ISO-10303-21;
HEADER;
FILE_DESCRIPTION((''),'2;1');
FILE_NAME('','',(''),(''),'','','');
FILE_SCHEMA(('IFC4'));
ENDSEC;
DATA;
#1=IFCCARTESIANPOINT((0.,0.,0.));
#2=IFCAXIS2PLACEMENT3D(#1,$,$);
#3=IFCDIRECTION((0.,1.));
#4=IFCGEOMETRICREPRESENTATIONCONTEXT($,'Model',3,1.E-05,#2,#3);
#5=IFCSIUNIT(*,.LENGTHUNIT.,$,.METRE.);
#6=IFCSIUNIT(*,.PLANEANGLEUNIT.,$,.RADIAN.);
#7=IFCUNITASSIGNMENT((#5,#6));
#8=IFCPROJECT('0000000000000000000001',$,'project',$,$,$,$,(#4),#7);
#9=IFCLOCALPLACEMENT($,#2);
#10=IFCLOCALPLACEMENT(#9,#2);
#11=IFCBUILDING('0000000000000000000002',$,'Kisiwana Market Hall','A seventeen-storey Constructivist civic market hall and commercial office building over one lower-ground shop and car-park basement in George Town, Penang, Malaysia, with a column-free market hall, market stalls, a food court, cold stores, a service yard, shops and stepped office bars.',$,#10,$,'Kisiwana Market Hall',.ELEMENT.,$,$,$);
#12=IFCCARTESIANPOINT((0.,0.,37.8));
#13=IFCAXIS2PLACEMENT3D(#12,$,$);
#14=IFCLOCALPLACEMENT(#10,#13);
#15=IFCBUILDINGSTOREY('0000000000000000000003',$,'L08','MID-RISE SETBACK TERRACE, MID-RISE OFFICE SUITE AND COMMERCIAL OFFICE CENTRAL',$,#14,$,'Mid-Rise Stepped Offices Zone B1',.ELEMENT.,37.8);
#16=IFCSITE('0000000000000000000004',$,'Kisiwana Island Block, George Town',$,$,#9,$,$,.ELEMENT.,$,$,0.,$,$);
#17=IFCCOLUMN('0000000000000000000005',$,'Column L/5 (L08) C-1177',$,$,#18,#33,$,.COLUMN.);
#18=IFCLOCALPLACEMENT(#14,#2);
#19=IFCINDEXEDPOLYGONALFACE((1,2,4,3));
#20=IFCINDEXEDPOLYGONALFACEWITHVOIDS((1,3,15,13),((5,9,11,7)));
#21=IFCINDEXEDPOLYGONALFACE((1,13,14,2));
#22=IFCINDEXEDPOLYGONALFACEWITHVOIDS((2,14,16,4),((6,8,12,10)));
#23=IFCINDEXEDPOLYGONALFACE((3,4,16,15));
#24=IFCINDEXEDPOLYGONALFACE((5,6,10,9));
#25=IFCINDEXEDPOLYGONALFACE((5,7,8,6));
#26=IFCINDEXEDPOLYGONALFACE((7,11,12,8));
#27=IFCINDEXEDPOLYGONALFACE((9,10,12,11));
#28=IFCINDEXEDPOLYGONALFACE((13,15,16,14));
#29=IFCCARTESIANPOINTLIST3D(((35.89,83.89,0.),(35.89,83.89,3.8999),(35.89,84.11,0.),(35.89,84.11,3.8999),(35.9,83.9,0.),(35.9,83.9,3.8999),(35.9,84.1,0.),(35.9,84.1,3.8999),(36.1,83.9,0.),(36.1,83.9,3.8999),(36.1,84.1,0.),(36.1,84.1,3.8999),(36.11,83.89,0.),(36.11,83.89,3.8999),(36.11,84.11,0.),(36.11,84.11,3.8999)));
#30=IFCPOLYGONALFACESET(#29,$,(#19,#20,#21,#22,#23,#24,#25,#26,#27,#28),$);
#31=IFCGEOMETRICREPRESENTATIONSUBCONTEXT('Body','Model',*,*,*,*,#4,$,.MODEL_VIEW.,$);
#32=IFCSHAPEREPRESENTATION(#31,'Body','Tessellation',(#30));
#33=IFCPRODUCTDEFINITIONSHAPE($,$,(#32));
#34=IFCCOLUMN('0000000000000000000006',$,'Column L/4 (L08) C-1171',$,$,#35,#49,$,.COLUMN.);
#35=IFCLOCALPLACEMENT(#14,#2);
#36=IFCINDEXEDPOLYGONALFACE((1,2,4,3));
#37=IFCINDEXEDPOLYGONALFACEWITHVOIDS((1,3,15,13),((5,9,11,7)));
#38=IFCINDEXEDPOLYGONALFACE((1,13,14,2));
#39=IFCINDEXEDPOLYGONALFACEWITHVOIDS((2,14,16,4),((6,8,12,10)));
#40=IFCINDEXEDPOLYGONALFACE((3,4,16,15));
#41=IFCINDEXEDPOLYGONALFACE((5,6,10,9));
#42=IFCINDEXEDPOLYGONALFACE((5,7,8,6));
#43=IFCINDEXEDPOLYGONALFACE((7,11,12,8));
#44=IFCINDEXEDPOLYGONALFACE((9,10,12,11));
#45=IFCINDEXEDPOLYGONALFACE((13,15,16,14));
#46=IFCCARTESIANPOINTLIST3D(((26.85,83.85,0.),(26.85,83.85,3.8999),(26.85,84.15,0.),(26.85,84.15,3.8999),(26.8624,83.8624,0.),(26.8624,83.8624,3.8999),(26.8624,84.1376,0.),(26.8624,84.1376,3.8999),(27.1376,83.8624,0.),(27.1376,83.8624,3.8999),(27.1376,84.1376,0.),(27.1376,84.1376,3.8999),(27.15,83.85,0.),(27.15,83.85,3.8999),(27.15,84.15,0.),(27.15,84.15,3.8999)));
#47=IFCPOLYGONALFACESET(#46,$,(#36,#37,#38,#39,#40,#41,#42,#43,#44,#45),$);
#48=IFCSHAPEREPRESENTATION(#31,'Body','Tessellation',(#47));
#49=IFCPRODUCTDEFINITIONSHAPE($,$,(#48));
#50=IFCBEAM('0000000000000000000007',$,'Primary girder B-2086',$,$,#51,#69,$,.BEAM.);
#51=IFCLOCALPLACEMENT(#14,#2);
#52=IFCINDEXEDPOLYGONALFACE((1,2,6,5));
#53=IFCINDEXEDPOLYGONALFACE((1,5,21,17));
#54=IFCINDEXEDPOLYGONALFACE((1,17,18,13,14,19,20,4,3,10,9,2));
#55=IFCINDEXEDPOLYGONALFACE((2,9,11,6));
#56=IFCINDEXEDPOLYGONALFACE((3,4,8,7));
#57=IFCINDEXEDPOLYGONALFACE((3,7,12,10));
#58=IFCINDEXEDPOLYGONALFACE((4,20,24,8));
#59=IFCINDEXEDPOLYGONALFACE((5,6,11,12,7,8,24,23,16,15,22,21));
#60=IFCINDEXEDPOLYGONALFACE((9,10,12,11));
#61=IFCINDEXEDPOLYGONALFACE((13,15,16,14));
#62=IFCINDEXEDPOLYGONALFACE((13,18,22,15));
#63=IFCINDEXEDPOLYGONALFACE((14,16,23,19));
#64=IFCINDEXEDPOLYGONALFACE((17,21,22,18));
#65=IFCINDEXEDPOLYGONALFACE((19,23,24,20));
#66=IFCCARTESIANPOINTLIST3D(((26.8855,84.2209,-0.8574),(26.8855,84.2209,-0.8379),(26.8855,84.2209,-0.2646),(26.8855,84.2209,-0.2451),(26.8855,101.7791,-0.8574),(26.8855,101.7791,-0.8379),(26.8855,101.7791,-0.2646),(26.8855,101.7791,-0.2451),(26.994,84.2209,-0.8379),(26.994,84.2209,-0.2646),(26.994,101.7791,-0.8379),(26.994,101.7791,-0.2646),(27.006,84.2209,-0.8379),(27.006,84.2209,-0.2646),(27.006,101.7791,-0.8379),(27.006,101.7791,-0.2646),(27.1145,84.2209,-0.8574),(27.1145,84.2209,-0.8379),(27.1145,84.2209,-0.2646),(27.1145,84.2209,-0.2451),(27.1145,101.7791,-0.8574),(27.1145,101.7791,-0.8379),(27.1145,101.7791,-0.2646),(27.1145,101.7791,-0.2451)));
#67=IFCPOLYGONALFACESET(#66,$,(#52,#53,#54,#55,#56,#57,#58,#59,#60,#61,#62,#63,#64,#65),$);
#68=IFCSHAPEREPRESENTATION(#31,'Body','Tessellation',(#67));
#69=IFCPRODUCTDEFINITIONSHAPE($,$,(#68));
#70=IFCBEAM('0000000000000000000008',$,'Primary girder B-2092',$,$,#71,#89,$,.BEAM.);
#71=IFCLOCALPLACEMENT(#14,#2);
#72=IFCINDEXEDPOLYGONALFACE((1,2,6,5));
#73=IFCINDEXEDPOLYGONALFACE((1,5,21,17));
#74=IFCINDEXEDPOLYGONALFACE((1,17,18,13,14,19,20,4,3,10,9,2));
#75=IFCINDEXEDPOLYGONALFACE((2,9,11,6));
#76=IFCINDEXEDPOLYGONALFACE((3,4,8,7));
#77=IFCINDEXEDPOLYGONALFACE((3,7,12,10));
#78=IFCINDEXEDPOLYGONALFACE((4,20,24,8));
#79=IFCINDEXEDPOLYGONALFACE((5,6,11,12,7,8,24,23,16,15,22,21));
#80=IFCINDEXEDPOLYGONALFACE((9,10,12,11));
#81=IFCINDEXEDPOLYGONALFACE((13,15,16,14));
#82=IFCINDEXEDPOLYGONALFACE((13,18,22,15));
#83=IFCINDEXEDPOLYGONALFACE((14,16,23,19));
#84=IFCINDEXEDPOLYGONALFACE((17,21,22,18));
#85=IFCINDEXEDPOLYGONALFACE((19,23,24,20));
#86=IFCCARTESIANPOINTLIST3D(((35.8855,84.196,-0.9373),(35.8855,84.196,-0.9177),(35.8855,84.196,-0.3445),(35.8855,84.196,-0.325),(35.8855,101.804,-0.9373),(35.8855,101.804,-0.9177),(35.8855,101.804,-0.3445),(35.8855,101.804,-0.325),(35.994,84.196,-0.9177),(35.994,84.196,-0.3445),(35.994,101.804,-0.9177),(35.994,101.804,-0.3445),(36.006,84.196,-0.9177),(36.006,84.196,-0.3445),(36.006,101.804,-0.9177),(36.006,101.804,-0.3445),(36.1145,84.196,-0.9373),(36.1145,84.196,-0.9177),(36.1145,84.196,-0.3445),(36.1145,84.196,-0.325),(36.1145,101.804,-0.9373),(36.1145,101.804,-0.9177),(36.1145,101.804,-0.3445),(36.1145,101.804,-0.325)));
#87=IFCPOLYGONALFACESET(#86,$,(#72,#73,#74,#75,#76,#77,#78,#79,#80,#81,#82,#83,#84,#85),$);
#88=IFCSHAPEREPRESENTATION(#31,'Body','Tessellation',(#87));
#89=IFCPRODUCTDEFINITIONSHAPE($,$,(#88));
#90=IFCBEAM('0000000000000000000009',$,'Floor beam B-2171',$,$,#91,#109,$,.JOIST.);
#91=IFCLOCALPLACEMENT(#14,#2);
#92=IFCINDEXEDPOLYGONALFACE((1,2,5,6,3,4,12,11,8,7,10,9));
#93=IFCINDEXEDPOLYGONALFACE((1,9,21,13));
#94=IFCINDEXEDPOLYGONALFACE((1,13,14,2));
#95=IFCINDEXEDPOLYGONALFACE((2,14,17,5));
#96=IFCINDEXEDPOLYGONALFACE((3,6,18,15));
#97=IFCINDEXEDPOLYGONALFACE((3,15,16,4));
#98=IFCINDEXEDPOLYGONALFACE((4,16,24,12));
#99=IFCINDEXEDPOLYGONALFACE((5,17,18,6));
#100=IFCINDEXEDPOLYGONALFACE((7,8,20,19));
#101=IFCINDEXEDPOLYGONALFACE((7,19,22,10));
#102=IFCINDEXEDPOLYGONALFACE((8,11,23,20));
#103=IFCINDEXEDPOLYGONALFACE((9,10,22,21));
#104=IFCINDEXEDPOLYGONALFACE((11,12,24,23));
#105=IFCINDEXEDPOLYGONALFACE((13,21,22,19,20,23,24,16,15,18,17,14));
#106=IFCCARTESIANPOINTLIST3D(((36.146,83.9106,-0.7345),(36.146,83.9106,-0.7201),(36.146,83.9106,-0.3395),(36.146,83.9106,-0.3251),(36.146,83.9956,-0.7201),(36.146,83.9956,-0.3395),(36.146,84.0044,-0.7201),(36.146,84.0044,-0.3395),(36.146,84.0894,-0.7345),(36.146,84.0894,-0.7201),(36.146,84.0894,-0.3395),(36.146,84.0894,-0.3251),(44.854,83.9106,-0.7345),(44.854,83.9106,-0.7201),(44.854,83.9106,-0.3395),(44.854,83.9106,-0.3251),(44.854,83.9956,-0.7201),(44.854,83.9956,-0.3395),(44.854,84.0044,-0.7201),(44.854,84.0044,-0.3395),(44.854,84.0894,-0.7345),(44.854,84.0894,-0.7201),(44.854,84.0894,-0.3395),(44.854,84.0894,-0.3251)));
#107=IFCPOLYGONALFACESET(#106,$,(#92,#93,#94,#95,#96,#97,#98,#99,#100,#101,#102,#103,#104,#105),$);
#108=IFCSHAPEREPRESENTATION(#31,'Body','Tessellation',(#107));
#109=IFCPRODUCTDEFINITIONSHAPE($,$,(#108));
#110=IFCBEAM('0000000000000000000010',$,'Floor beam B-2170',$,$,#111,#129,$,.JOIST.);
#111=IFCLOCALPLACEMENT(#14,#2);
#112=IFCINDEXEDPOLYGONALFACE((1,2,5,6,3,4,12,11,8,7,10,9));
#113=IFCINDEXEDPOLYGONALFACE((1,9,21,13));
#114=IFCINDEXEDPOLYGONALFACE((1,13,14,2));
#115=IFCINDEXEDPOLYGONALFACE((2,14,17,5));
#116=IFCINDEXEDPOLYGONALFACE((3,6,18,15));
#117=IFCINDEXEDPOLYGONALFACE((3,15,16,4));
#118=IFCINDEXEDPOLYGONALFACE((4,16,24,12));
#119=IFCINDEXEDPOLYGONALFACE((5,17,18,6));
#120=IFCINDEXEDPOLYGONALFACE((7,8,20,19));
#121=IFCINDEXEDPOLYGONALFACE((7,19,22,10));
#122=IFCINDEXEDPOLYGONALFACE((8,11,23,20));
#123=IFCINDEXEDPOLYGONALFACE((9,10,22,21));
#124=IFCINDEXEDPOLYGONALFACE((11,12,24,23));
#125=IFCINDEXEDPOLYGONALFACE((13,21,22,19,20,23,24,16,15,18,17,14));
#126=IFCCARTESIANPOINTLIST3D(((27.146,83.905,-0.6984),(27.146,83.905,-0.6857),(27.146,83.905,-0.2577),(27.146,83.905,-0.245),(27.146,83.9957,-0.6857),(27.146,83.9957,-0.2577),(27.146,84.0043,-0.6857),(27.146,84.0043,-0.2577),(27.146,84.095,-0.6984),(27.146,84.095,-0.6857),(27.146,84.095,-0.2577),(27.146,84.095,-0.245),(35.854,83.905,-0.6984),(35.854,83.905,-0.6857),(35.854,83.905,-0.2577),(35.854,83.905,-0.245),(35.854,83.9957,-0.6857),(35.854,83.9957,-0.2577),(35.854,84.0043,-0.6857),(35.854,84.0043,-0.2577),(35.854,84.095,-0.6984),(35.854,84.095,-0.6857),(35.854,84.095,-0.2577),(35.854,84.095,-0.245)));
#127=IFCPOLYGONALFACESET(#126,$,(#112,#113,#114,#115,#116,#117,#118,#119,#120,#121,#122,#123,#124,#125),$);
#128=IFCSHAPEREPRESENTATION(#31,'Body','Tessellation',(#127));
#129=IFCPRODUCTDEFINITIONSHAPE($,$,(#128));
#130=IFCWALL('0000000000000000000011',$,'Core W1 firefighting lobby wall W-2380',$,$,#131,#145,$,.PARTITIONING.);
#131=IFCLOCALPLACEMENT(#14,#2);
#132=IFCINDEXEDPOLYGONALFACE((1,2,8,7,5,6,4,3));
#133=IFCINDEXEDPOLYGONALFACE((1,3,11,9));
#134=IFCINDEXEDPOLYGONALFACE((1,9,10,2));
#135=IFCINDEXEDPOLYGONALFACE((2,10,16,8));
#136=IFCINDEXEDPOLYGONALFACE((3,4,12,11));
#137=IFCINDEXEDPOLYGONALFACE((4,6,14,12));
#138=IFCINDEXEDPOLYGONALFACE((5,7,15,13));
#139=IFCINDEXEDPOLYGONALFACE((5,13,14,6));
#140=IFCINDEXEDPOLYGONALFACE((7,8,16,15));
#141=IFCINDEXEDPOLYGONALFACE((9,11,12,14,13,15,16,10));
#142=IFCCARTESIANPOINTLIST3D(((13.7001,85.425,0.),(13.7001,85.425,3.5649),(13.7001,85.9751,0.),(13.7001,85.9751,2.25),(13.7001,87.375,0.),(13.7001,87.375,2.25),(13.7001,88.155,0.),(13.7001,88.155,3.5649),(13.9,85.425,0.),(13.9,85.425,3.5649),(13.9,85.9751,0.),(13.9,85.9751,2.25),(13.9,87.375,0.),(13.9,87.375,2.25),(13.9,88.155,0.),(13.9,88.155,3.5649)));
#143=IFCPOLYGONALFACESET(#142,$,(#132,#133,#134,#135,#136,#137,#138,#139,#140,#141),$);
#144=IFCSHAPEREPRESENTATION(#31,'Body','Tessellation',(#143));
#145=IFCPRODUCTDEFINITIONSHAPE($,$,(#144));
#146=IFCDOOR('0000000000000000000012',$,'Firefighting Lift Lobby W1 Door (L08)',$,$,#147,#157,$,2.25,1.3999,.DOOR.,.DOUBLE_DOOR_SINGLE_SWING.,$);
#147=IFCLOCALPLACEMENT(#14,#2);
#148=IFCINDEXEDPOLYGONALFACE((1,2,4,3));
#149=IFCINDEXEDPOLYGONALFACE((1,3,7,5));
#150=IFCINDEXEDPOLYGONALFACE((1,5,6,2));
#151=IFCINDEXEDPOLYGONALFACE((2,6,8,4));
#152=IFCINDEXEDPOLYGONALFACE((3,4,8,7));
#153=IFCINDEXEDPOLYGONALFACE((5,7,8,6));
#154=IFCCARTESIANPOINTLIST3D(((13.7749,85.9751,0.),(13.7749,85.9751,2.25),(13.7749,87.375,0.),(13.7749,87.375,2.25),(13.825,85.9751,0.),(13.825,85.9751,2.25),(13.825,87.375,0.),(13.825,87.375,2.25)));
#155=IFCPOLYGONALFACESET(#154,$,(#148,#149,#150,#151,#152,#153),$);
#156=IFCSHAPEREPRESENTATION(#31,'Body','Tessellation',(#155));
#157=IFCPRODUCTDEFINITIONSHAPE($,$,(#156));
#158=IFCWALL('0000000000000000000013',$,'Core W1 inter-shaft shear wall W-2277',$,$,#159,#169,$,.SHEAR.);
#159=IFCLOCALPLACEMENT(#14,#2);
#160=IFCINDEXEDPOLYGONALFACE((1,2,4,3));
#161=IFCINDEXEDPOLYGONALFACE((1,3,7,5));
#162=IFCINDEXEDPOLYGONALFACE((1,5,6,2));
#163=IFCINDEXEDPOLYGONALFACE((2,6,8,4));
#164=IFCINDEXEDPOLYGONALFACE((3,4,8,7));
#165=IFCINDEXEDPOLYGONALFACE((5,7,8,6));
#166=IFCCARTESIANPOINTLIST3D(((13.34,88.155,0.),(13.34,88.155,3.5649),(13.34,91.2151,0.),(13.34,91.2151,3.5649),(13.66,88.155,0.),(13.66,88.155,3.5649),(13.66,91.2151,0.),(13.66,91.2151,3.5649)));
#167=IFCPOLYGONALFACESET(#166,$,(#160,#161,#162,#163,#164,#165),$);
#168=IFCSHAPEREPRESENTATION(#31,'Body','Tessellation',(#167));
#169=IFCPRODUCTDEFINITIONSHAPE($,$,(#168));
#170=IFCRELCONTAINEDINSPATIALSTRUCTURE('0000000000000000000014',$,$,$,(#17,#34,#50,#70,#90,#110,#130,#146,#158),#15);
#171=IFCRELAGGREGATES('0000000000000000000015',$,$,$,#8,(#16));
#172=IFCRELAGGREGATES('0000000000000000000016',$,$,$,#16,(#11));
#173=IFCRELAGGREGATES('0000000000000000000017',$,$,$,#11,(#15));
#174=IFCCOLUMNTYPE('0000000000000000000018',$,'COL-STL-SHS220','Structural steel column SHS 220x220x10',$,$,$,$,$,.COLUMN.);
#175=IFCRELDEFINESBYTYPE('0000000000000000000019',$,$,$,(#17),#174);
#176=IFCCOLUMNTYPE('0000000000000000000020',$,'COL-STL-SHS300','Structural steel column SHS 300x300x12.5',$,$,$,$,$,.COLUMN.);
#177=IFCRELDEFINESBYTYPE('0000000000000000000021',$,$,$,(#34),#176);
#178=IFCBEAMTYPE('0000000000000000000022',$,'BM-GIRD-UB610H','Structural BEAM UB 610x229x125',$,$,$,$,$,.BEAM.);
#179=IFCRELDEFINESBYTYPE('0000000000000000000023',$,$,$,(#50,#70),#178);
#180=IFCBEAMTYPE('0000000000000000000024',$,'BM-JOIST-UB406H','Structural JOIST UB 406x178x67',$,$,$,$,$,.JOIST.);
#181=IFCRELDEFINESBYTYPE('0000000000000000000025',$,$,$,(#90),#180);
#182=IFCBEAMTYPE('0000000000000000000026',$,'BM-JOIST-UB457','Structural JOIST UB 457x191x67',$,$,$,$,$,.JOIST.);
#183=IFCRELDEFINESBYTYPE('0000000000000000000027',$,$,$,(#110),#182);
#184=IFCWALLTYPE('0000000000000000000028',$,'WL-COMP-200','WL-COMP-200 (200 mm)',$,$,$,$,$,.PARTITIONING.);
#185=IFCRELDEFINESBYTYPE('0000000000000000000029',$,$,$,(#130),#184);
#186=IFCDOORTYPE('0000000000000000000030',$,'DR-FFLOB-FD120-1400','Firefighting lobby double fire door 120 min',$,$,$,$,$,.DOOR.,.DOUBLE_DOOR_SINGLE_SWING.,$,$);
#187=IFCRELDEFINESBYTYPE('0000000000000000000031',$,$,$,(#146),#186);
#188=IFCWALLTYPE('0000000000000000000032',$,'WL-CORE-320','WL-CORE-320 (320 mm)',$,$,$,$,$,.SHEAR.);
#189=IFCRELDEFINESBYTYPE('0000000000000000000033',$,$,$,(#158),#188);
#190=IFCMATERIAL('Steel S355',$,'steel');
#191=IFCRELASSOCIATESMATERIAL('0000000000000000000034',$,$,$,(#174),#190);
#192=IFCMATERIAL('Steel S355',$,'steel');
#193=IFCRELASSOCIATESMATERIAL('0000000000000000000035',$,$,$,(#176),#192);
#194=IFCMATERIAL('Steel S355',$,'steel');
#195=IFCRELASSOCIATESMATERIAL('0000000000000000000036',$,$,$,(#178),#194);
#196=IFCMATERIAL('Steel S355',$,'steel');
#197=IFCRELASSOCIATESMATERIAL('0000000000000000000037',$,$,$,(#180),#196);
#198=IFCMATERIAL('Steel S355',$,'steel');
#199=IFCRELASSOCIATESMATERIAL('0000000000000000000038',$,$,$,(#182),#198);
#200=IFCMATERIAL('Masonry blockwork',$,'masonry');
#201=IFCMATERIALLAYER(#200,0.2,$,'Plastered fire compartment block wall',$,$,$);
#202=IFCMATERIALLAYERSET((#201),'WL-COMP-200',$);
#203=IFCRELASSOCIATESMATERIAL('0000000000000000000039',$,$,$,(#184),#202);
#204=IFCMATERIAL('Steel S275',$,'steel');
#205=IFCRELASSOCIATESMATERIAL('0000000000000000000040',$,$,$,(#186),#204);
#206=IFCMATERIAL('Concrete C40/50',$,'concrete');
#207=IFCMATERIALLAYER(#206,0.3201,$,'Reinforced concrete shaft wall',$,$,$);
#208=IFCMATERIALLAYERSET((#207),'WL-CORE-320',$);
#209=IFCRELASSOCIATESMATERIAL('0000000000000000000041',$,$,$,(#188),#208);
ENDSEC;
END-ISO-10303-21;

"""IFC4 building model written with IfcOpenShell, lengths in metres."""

from ifc_helpers import new_model, si_unit, direction, frame, frame_2d, origin, origin_2d, place, context, subcontext, project, spatial, rectangle, hollow_rectangle, i_section, extrude, material, layer, layer_set, material_profile, profile_set, type_object, element, fill, save


model = new_model("IFC4")

# Units and contexts
model_context = context("Model", 3, precision=1e-05, world=origin(), true_north=direction((0.0, 1.0)))
body_context = subcontext(model_context, "Body", "Model", "MODEL_VIEW")
ifc_project = project(units=[si_unit("LENGTHUNIT", "METRE"), si_unit("PLANEANGLEUNIT", "RADIAN")], contexts=[model_context])

# Site, building, storey
site_placement = place(None, origin())
site = spatial("IfcSite", under=ifc_project, at=site_placement, Name="Kisiwana Island Block, George Town", CompositionType="ELEMENT", RefElevation=0.0)
building_placement = place(site_placement, origin())
building = spatial("IfcBuilding", under=site, at=building_placement, Name="Kisiwana Market Hall", Description="A seventeen-storey Constructivist civic market hall and commercial office building over one lower-ground shop and car-park basement in George Town, Penang, Malaysia, with a column-free market hall, market stalls, a food court, cold stores, a service yard, shops and stepped office bars.", LongName="Kisiwana Market Hall", CompositionType="ELEMENT")
storey_placement = place(building_placement, frame((0.0, 0.0, 37.8)))
storey = spatial("IfcBuildingStorey", under=building, at=storey_placement, Name="L08", Description="MID-RISE SETBACK TERRACE, MID-RISE OFFICE SUITE AND COMMERCIAL OFFICE CENTRAL", LongName="Mid-Rise Stepped Offices Zone B1", CompositionType="ELEMENT", Elevation=37.8)

# Columns
ifc_material_1 = material(Name="Steel S355", Category="steel")
ifc_material_profile_1 = material_profile(ifc_material_1, hollow_rectangle(XDim=0.22, YDim=0.22, WallThickness=0.01, at=origin_2d()), Name="SHS 220x220x10")
ifc_profile_set_1 = profile_set([ifc_material_profile_1], Name="Steel S355")
column_type_1 = type_object("IfcColumnType", Name="COL-STL-SHS220", Description="Structural steel column SHS 220x220x10", PredefinedType="COLUMN", material=ifc_profile_set_1)
column_1_placement = place(storey_placement, frame((36.0, 84.0, 0.0), z_axis=(0.0, 0.0, 1.0), x_axis=(1.0, 0.0, 0.0)))
element("IfcColumn", 1, at=column_1_placement, inside=storey, type_object=column_type_1, Name="Column L/5 (L08) C-1177", PredefinedType="COLUMN", context=body_context, shape_type="SweptSolid", body=[
    extrude(hollow_rectangle(XDim=0.22, YDim=0.22, WallThickness=0.01, at=origin_2d()), origin(), (0.0, 0.0, 1.0), 3.8999),
])
ifc_material_2 = material(Name="Steel S355", Category="steel")
ifc_material_profile_2 = material_profile(ifc_material_2, hollow_rectangle(XDim=0.3, YDim=0.3, WallThickness=0.0125, at=origin_2d()), Name="SHS 300x300x12.5")
ifc_profile_set_2 = profile_set([ifc_material_profile_2], Name="Steel S355")
column_type_2 = type_object("IfcColumnType", Name="COL-STL-SHS300", Description="Structural steel column SHS 300x300x12.5", PredefinedType="COLUMN", material=ifc_profile_set_2)
column_2_placement = place(storey_placement, frame((27.0, 84.0, 0.0), z_axis=(0.0, 0.0, 1.0), x_axis=(1.0, 0.0, 0.0)))
element("IfcColumn", 2, at=column_2_placement, inside=storey, type_object=column_type_2, Name="Column L/4 (L08) C-1171", PredefinedType="COLUMN", context=body_context, shape_type="SweptSolid", body=[
    extrude(hollow_rectangle(XDim=0.3, YDim=0.3, WallThickness=0.0125, at=origin_2d()), origin(), (0.0, 0.0, 1.0), 3.8999),
])

# Beams
ifc_material_3 = material(Name="Steel S355", Category="steel")
ifc_material_profile_3 = material_profile(ifc_material_3, i_section(OverallWidth=0.229, OverallDepth=0.6123, WebThickness=0.012, FlangeThickness=0.0195, at=origin_2d()), Name="UB 610x229x125")
ifc_profile_set_3 = profile_set([ifc_material_profile_3], Name="Steel S355")
beam_type_1 = type_object("IfcBeamType", Name="BM-GIRD-UB610H", Description="Structural BEAM UB 610x229x125", PredefinedType="BEAM", material=ifc_profile_set_3)
beam_1_placement = place(storey_placement, frame((27.0, 84.2209, -0.5513), z_axis=(0.0, 1.0, 0.0), x_axis=(-1.0, 0.0, 0.0)))
element("IfcBeam", 3, at=beam_1_placement, inside=storey, type_object=beam_type_1, Name="Primary girder B-2086", PredefinedType="BEAM", context=body_context, shape_type="SweptSolid", body=[
    extrude(i_section(OverallWidth=0.229, OverallDepth=0.6123, WebThickness=0.012, FlangeThickness=0.0195, at=origin_2d()), origin(), (0.0, 0.0, 1.0), 17.5581),
])
beam_2_placement = place(storey_placement, frame((36.0, 84.196, -0.6311), z_axis=(0.0, 1.0, 0.0), x_axis=(-1.0, 0.0, 0.0)))
element("IfcBeam", 4, at=beam_2_placement, inside=storey, type_object=beam_type_1, Name="Primary girder B-2092", PredefinedType="BEAM", context=body_context, shape_type="SweptSolid", body=[
    extrude(i_section(OverallWidth=0.229, OverallDepth=0.6123, WebThickness=0.012, FlangeThickness=0.0195, at=origin_2d()), origin(), (0.0, 0.0, 1.0), 17.6079),
])
ifc_material_4 = material(Name="Steel S355", Category="steel")
ifc_material_profile_4 = material_profile(ifc_material_4, i_section(OverallWidth=0.1787, OverallDepth=0.4094, WebThickness=0.0088, FlangeThickness=0.0144, at=origin_2d()), Name="UB 406x178x67")
ifc_profile_set_4 = profile_set([ifc_material_profile_4], Name="Steel S355")
beam_type_2 = type_object("IfcBeamType", Name="BM-JOIST-UB406H", Description="Structural JOIST UB 406x178x67", PredefinedType="JOIST", material=ifc_profile_set_4)
beam_3_placement = place(storey_placement, frame((36.146, 84.0, -0.5298), z_axis=(1.0, 0.0, 0.0), x_axis=(0.0, 1.0, 0.0)))
element("IfcBeam", 5, at=beam_3_placement, inside=storey, type_object=beam_type_2, Name="Floor beam B-2171", PredefinedType="JOIST", context=body_context, shape_type="SweptSolid", body=[
    extrude(i_section(OverallWidth=0.1787, OverallDepth=0.4094, WebThickness=0.0088, FlangeThickness=0.0144, at=origin_2d()), origin(), (0.0, 0.0, 1.0), 8.708),
])
ifc_material_5 = material(Name="Steel S355", Category="steel")
ifc_material_profile_5 = material_profile(ifc_material_5, i_section(OverallWidth=0.1899, OverallDepth=0.4534, WebThickness=0.0085, FlangeThickness=0.0127, at=origin_2d()), Name="UB 457x191x67")
ifc_profile_set_5 = profile_set([ifc_material_profile_5], Name="Steel S355")
beam_type_3 = type_object("IfcBeamType", Name="BM-JOIST-UB457", Description="Structural JOIST UB 457x191x67", PredefinedType="JOIST", material=ifc_profile_set_5)
beam_4_placement = place(storey_placement, frame((27.146, 84.0, -0.4717), z_axis=(1.0, 0.0, 0.0), x_axis=(0.0, 1.0, 0.0)))
element("IfcBeam", 6, at=beam_4_placement, inside=storey, type_object=beam_type_3, Name="Floor beam B-2170", PredefinedType="JOIST", context=body_context, shape_type="SweptSolid", body=[
    extrude(i_section(OverallWidth=0.1899, OverallDepth=0.4534, WebThickness=0.0085, FlangeThickness=0.0127, at=origin_2d()), origin(), (0.0, 0.0, 1.0), 8.708),
])

# Wall, opening, door
ifc_material_6 = material(Name="Masonry blockwork", Category="masonry")
ifc_layer_1 = layer(ifc_material_6, 0.2, Name="Plastered fire compartment block wall")
ifc_layer_set_1 = layer_set([ifc_layer_1], Name="WL-COMP-200")
wall_type_1 = type_object("IfcWallType", Name="WL-COMP-200", Description="WL-COMP-200 (200 mm)", PredefinedType="PARTITIONING", material=ifc_layer_set_1)
wall_1_placement = place(storey_placement, frame((13.8, 85.425, 0.0), z_axis=(0.0, 0.0, 1.0), x_axis=(0.0, 1.0, 0.0)))
wall_1 = element("IfcWall", 7, at=wall_1_placement, inside=storey, type_object=wall_type_1, Name="Core W1 firefighting lobby wall W-2380", PredefinedType="PARTITIONING", context=body_context, shape_type="SweptSolid", body=[
    extrude(rectangle(XDim=2.73, YDim=0.2, at=frame_2d((1.365, 0.0))), origin(), (0.0, 0.0, 1.0), 3.5649),
])
opening_1_placement = place(wall_1_placement, frame((0.55, 0.0, 0.0)))
opening_1 = element("IfcOpeningElement", 8, at=opening_1_placement, cuts=wall_1, PredefinedType="OPENING", context=body_context, shape_type="SweptSolid", body=[
    extrude(rectangle(XDim=1.3999, YDim=2.25, at=frame_2d((0.7, 1.125))), frame((0.0, 0.1118, 0.0), z_axis=(0.0, -1.0, 0.0), x_axis=(1.0, 0.0, 0.0)), (0.0, 0.0, 1.0), 0.2239),
])
ifc_material_7 = material(Name="Steel S275", Category="steel")
door_type_1 = type_object("IfcDoorType", Name="DR-FFLOB-FD120-1400", Description="Firefighting lobby double fire door 120 min", OperationType="DOUBLE_DOOR_SINGLE_SWING", PredefinedType="DOOR", material=ifc_material_7)
door_1_placement = place(opening_1_placement, frame((1.3999, 0.0, 0.0), z_axis=(0.0, 0.0, 1.0), x_axis=(-1.0, 0.0, 0.0)))
door_1 = element("IfcDoor", 9, at=door_1_placement, inside=storey, type_object=door_type_1, Name="Firefighting Lift Lobby W1 Door (L08)", OperationType="DOUBLE_DOOR_SINGLE_SWING", OverallHeight=2.25, OverallWidth=1.3999, PredefinedType="DOOR", context=body_context, shape_type="SweptSolid", body=[
    extrude(rectangle(XDim=1.3999, YDim=2.25, at=frame_2d((0.7, 1.125))), frame((0.0, 0.0249, 0.0), z_axis=(0.0, -1.0, 0.0), x_axis=(1.0, 0.0, 0.0)), (0.0, 0.0, 1.0), 0.05),
])
fill(opening_1, door_1)

# Wall
ifc_material_8 = material(Name="Concrete C40/50", Category="concrete")
ifc_layer_2 = layer(ifc_material_8, 0.3201, Name="Reinforced concrete shaft wall")
ifc_layer_set_2 = layer_set([ifc_layer_2], Name="WL-CORE-320")
wall_type_2 = type_object("IfcWallType", Name="WL-CORE-320", Description="WL-CORE-320 (320 mm)", PredefinedType="SHEAR", material=ifc_layer_set_2)
wall_2_placement = place(storey_placement, frame((13.5, 88.155, 0.0), z_axis=(0.0, 0.0, 1.0), x_axis=(0.0, 1.0, 0.0)))
element("IfcWall", 10, at=wall_2_placement, inside=storey, type_object=wall_type_2, Name="Core W1 inter-shaft shear wall W-2277", PredefinedType="SHEAR", context=body_context, shape_type="SweptSolid", body=[
    extrude(rectangle(XDim=3.0601, YDim=0.3201, at=frame_2d((1.53, 0.0))), origin(), (0.0, 0.0, 1.0), 3.5649),
])

save(model, "model.ifc")
